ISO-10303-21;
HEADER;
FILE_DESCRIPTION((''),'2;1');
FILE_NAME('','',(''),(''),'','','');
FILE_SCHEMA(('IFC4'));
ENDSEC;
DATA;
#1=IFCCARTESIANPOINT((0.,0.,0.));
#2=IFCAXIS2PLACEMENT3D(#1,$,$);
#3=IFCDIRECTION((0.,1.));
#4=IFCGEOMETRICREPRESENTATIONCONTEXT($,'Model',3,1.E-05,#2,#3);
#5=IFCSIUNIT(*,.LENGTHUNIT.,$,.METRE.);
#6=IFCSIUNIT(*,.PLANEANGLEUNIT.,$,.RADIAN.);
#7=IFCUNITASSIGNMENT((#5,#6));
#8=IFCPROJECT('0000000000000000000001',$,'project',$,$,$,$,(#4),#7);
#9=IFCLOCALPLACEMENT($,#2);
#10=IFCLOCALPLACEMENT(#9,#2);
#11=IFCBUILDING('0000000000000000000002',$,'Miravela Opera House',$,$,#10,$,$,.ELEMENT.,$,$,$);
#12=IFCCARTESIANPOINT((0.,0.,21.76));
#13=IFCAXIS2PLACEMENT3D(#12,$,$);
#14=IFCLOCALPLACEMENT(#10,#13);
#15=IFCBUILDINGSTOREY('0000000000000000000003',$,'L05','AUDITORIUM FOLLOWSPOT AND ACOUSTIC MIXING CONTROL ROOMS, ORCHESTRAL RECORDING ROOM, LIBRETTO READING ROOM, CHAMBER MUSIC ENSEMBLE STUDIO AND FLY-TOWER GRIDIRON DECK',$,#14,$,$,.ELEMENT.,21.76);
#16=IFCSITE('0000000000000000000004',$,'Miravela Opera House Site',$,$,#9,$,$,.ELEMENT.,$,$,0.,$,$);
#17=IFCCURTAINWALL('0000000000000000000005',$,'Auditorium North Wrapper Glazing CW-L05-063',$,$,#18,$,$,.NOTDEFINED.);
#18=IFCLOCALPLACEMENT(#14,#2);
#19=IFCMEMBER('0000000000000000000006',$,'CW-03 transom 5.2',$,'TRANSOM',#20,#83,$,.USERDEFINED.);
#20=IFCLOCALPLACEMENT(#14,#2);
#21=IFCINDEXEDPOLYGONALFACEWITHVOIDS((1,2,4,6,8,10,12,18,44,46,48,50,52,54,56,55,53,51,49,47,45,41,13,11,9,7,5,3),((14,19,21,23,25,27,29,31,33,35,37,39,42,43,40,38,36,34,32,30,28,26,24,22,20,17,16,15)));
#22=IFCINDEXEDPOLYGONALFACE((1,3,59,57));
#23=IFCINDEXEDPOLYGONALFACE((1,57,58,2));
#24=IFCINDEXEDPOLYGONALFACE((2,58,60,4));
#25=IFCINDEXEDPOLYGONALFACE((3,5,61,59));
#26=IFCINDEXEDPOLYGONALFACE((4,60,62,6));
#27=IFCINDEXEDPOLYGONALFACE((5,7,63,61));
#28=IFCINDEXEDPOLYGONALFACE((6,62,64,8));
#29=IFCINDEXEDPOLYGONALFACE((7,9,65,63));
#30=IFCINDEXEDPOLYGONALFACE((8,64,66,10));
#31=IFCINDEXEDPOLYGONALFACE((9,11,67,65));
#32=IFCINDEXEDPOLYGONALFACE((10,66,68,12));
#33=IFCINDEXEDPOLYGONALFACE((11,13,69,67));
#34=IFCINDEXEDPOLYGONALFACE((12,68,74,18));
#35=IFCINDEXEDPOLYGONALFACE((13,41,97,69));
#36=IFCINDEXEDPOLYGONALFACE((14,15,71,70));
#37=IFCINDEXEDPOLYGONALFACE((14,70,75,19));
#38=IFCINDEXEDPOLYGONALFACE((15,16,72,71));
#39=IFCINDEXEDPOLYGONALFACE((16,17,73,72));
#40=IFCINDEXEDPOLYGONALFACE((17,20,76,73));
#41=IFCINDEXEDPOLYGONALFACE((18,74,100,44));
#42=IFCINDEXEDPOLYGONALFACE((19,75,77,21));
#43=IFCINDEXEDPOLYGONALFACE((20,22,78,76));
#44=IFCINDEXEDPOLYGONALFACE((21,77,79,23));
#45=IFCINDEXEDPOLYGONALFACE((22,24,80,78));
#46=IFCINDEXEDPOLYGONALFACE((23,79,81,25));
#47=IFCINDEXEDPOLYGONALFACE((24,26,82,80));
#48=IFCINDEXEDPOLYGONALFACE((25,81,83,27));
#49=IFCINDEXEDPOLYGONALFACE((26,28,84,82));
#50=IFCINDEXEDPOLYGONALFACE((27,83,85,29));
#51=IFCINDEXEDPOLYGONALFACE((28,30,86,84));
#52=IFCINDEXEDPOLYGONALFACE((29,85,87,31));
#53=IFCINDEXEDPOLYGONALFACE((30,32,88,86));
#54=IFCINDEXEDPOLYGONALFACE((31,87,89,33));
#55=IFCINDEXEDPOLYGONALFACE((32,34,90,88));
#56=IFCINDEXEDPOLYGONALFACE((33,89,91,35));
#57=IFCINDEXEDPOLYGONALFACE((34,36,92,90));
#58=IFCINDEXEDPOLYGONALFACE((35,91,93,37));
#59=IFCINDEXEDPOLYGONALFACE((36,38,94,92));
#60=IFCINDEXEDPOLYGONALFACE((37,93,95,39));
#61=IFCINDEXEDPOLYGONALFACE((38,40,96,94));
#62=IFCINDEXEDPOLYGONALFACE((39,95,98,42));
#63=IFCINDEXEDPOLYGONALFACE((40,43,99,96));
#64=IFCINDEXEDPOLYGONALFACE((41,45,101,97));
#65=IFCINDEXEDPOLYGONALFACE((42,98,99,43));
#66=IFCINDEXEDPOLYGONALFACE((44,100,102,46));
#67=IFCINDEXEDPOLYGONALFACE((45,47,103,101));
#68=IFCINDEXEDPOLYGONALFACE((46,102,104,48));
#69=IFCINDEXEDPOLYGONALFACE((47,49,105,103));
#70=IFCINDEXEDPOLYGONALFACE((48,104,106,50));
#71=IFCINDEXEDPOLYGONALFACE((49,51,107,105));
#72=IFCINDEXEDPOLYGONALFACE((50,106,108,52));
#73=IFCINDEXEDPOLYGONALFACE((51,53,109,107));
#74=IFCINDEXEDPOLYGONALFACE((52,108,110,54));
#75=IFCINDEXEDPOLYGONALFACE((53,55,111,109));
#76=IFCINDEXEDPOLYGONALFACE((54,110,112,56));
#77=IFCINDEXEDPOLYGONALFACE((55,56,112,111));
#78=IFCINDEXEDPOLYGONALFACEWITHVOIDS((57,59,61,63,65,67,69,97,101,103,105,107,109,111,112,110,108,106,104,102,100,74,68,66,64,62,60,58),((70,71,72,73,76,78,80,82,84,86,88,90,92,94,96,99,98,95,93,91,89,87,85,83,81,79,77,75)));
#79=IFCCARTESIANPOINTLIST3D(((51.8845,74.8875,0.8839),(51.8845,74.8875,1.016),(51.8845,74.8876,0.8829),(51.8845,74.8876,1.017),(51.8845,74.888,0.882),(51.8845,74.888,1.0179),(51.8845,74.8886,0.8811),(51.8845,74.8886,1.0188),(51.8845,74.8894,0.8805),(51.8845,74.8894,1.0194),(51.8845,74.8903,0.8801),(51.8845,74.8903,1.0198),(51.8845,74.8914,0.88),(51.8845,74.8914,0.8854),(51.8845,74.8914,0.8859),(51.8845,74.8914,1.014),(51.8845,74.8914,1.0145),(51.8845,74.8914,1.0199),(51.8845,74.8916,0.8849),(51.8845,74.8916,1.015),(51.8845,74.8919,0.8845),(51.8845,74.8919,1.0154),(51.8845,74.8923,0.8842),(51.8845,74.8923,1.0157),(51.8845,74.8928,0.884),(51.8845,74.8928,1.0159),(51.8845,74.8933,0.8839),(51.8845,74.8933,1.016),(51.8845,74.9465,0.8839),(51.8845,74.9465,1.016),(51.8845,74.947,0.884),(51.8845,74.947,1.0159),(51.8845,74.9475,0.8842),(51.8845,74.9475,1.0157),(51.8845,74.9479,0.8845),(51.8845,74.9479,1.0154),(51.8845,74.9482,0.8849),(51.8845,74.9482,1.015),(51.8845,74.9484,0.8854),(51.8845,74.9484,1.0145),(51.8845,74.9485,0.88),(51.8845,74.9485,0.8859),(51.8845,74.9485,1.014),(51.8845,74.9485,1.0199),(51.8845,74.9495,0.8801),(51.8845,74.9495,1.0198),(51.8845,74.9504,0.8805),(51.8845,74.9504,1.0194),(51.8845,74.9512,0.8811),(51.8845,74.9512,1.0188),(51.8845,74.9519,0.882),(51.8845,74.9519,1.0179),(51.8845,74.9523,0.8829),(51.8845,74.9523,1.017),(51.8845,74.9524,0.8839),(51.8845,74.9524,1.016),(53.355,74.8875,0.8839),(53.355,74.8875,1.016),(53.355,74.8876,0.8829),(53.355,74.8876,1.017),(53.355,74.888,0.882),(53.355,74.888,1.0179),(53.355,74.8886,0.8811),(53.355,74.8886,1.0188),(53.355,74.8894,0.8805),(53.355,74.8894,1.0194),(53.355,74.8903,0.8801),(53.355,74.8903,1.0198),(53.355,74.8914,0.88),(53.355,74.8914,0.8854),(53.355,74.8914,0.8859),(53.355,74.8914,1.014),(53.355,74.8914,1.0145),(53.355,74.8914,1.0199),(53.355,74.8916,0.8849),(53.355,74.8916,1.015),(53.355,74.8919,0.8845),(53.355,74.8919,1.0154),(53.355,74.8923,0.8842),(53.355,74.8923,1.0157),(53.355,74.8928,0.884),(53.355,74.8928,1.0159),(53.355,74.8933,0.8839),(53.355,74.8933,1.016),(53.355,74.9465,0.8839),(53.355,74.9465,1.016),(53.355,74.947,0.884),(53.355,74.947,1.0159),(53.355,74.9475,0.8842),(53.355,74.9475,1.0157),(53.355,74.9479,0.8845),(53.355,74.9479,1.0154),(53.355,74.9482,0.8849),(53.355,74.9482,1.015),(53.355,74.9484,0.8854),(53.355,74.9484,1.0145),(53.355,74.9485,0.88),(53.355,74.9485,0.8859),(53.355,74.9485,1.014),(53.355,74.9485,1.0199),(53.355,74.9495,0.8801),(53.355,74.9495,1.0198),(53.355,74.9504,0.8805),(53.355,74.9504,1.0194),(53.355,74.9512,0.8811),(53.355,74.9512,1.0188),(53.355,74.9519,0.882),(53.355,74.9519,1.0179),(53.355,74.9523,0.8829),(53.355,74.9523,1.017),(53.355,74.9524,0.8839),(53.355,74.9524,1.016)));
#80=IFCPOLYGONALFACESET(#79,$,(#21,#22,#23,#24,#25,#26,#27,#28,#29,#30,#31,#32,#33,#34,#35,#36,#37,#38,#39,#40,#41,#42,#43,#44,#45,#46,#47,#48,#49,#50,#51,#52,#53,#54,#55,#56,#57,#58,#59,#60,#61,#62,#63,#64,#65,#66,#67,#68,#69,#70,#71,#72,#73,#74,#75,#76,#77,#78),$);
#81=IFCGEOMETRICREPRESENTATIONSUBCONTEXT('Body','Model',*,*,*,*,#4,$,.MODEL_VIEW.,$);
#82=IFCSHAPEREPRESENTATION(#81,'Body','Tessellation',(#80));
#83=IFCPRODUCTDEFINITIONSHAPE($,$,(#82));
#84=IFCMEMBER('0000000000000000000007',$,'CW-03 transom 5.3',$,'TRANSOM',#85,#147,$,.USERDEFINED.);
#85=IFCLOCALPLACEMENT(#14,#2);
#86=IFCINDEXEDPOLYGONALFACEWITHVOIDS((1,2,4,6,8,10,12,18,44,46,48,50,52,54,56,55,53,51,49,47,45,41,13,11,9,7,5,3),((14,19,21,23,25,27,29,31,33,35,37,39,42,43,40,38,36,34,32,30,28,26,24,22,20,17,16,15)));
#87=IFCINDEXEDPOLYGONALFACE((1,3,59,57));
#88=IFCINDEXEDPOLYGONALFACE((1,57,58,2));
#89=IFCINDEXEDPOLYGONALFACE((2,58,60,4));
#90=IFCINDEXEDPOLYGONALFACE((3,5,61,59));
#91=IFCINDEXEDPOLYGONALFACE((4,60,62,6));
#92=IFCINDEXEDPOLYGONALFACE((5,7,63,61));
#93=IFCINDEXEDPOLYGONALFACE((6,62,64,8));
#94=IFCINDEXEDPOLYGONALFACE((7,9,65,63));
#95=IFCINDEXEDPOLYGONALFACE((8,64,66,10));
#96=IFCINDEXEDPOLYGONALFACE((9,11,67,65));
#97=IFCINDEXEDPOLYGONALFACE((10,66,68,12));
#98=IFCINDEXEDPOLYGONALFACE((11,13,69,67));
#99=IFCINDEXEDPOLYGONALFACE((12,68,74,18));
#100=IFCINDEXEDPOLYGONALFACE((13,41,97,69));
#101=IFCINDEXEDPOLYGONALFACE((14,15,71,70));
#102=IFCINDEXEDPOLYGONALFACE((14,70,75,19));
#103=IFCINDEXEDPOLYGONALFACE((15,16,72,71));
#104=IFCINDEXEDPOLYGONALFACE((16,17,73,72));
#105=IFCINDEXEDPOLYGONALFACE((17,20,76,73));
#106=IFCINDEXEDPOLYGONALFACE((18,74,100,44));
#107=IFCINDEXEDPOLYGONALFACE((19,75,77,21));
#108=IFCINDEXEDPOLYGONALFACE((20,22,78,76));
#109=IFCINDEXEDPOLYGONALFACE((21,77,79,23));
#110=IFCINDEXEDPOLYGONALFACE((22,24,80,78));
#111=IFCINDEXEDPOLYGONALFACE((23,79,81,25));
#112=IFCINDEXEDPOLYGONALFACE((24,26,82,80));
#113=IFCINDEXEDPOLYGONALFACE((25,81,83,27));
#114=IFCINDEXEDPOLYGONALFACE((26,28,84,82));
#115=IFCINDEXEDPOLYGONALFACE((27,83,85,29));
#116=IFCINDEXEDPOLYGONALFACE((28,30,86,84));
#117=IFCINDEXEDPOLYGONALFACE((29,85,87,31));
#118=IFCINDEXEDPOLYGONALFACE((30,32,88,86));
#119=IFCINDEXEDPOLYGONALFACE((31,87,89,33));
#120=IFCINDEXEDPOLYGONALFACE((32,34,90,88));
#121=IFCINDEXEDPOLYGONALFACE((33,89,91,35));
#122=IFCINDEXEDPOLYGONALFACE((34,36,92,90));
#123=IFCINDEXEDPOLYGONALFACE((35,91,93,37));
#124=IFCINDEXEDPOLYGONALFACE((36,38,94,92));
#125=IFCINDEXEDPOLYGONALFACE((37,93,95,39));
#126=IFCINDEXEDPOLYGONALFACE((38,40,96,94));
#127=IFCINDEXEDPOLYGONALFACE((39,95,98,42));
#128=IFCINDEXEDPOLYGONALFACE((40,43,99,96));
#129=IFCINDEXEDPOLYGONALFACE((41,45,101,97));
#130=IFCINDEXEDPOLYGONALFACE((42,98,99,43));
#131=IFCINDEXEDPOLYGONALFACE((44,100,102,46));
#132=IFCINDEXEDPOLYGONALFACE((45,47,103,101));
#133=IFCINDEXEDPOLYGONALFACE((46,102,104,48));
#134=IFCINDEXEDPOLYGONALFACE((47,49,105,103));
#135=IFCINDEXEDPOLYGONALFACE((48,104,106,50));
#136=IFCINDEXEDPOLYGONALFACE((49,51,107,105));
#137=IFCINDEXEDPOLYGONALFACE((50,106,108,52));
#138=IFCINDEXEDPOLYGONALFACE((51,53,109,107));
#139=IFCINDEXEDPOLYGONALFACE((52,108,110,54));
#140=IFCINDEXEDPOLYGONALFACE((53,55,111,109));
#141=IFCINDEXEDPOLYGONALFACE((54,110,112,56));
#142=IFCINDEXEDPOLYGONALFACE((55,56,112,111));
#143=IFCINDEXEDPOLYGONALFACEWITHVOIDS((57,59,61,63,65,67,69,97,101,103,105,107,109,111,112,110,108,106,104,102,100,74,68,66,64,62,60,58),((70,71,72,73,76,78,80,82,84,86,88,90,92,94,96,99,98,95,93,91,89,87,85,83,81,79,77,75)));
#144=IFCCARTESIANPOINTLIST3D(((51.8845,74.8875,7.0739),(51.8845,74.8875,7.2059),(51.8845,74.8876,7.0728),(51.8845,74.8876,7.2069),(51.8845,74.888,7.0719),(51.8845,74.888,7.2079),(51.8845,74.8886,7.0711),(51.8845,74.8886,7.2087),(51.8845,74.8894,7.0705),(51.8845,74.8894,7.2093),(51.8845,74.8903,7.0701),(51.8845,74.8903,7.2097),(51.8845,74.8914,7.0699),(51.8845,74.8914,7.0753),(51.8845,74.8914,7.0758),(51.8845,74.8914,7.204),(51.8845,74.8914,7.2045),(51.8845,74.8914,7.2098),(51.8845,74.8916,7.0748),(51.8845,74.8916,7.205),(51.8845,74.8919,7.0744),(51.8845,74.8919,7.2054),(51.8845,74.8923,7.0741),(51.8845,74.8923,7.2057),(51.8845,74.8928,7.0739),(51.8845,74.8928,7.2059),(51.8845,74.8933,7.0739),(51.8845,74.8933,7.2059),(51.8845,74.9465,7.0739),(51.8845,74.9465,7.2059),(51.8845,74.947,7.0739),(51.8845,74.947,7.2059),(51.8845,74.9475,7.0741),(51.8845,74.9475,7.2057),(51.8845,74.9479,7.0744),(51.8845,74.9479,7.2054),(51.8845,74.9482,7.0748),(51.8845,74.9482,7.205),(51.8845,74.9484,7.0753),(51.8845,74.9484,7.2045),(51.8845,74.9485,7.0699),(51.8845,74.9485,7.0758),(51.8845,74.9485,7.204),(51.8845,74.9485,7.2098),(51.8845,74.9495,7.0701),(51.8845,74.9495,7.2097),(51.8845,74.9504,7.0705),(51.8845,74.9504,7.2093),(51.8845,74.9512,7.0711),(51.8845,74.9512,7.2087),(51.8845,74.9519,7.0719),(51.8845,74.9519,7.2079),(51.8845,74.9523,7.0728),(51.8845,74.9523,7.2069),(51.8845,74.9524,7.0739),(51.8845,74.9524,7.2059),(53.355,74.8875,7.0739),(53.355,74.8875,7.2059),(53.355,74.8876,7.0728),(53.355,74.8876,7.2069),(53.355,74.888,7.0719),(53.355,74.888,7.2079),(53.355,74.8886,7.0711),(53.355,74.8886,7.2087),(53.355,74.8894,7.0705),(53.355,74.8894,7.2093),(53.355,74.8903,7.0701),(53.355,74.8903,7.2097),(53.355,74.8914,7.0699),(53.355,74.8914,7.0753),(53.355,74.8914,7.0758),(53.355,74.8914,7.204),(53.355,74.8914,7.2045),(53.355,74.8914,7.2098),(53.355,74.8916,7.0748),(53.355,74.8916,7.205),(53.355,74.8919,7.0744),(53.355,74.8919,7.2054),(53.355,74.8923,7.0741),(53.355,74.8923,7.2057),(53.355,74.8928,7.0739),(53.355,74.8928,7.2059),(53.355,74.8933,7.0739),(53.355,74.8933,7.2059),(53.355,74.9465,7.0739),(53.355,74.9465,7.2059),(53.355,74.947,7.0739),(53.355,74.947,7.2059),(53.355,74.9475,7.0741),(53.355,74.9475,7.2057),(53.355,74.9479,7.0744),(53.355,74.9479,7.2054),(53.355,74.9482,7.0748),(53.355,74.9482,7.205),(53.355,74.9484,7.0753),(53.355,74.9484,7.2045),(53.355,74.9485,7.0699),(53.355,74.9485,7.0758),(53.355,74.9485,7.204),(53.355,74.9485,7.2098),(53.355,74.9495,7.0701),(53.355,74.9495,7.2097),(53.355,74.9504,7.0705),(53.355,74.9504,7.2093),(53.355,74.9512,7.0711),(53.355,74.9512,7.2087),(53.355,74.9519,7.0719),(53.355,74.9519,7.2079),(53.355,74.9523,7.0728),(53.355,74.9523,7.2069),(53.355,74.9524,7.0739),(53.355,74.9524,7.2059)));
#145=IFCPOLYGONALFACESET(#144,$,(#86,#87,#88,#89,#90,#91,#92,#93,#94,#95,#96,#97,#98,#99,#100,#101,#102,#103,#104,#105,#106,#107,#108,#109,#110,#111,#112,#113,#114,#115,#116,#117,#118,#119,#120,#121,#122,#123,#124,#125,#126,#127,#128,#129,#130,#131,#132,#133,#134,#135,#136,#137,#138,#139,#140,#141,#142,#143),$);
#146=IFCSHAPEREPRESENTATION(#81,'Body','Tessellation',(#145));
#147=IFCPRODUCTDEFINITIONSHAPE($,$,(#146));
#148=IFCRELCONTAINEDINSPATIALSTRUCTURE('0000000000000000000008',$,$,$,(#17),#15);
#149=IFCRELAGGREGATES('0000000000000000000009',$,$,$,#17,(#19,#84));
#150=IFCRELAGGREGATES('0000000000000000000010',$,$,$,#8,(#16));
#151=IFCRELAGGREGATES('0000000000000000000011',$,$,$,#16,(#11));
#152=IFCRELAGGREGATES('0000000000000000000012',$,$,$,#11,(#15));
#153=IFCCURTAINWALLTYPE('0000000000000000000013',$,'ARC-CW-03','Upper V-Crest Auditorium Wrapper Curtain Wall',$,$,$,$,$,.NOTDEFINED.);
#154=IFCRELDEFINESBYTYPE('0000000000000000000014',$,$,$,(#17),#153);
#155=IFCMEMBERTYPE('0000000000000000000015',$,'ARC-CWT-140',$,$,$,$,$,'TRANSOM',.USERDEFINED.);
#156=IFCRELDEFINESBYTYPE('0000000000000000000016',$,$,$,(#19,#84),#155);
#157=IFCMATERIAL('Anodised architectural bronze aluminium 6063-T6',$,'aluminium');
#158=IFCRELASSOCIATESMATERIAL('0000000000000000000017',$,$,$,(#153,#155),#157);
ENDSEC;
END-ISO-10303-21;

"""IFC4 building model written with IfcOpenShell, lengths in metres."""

from ifc_helpers import new_model, si_unit, direction, frame, origin, origin_2d, place, context, subcontext, project, spatial, hollow_rectangle, extrude, material, material_profile, profile_set, type_object, element, aggregate, save


model = new_model("IFC4")

# Units and contexts
model_context = context("Model", 3, precision=1e-05, world=origin(), true_north=direction((0.0, 1.0)))
body_context = subcontext(model_context, "Body", "Model", "MODEL_VIEW")
ifc_project = project(units=[si_unit("LENGTHUNIT", "METRE"), si_unit("PLANEANGLEUNIT", "RADIAN")], contexts=[model_context])

# Site, building, storey
site_placement = place(None, origin())
site = spatial("IfcSite", under=ifc_project, at=site_placement, Name="Miravela Opera House Site", CompositionType="ELEMENT", RefElevation=0.0)
building_placement = place(site_placement, origin())
building = spatial("IfcBuilding", under=site, at=building_placement, Name="Miravela Opera House", CompositionType="ELEMENT")
storey_placement = place(building_placement, frame((0.0, 0.0, 21.76)))
storey = spatial("IfcBuildingStorey", under=building, at=storey_placement, Name="L05", Description="AUDITORIUM FOLLOWSPOT AND ACOUSTIC MIXING CONTROL ROOMS, ORCHESTRAL RECORDING ROOM, LIBRETTO READING ROOM, CHAMBER MUSIC ENSEMBLE STUDIO AND FLY-TOWER GRIDIRON DECK", CompositionType="ELEMENT", Elevation=21.76)

# Curtain wall, members
ifc_material_1 = material(Name="Anodised architectural bronze aluminium 6063-T6", Category="aluminium")
curtain_wall_type = type_object("IfcCurtainWallType", Name="ARC-CW-03", Description="Upper V-Crest Auditorium Wrapper Curtain Wall", PredefinedType="NOTDEFINED", material=ifc_material_1)
curtain_wall_1_placement = place(storey_placement, origin())
curtain_wall_1 = element("IfcCurtainWall", 1, at=curtain_wall_1_placement, inside=storey, type_object=curtain_wall_type, Name="Auditorium North Wrapper Glazing CW-L05-063", PredefinedType="NOTDEFINED")
ifc_material_profile = material_profile(ifc_material_1, hollow_rectangle(XDim=0.0649, YDim=0.1399, WallThickness=0.0039, InnerFilletRadius=0.002, OuterFilletRadius=0.0039, at=origin_2d()), Name="CWT-65X140")
ifc_profile_set = profile_set([ifc_material_profile])
member_type = type_object("IfcMemberType", Name="ARC-CWT-140", ElementType="TRANSOM", PredefinedType="USERDEFINED", material=ifc_profile_set)
member_1_placement = place(storey_placement, frame((51.8845, 74.9199, 0.95), z_axis=(1.0, 0.0, 0.0), x_axis=(0.0, 1.0, 0.0)))
member_1 = element("IfcMember", 2, at=member_1_placement, type_object=member_type, Name="CW-03 transom 5.2", ObjectType="TRANSOM", PredefinedType="USERDEFINED", context=body_context, shape_type="SweptSolid", body=[
    extrude(hollow_rectangle(XDim=0.0649, YDim=0.1399, WallThickness=0.0039, InnerFilletRadius=0.002, OuterFilletRadius=0.0039, at=origin_2d()), origin(), (0.0, 0.0, 1.0), 1.4705),
])
member_2_placement = place(storey_placement, frame((51.8845, 74.9199, 7.1399), z_axis=(1.0, 0.0, 0.0), x_axis=(0.0, 1.0, 0.0)))
member_2 = element("IfcMember", 3, at=member_2_placement, type_object=member_type, Name="CW-03 transom 5.3", ObjectType="TRANSOM", PredefinedType="USERDEFINED", context=body_context, shape_type="SweptSolid", body=[
    extrude(hollow_rectangle(XDim=0.0649, YDim=0.1399, WallThickness=0.0039, InnerFilletRadius=0.002, OuterFilletRadius=0.0039, at=origin_2d()), origin(), (0.0, 0.0, 1.0), 1.4705),
])

aggregate(curtain_wall_1, [member_1, member_2])

save(model, "model.ifc")
